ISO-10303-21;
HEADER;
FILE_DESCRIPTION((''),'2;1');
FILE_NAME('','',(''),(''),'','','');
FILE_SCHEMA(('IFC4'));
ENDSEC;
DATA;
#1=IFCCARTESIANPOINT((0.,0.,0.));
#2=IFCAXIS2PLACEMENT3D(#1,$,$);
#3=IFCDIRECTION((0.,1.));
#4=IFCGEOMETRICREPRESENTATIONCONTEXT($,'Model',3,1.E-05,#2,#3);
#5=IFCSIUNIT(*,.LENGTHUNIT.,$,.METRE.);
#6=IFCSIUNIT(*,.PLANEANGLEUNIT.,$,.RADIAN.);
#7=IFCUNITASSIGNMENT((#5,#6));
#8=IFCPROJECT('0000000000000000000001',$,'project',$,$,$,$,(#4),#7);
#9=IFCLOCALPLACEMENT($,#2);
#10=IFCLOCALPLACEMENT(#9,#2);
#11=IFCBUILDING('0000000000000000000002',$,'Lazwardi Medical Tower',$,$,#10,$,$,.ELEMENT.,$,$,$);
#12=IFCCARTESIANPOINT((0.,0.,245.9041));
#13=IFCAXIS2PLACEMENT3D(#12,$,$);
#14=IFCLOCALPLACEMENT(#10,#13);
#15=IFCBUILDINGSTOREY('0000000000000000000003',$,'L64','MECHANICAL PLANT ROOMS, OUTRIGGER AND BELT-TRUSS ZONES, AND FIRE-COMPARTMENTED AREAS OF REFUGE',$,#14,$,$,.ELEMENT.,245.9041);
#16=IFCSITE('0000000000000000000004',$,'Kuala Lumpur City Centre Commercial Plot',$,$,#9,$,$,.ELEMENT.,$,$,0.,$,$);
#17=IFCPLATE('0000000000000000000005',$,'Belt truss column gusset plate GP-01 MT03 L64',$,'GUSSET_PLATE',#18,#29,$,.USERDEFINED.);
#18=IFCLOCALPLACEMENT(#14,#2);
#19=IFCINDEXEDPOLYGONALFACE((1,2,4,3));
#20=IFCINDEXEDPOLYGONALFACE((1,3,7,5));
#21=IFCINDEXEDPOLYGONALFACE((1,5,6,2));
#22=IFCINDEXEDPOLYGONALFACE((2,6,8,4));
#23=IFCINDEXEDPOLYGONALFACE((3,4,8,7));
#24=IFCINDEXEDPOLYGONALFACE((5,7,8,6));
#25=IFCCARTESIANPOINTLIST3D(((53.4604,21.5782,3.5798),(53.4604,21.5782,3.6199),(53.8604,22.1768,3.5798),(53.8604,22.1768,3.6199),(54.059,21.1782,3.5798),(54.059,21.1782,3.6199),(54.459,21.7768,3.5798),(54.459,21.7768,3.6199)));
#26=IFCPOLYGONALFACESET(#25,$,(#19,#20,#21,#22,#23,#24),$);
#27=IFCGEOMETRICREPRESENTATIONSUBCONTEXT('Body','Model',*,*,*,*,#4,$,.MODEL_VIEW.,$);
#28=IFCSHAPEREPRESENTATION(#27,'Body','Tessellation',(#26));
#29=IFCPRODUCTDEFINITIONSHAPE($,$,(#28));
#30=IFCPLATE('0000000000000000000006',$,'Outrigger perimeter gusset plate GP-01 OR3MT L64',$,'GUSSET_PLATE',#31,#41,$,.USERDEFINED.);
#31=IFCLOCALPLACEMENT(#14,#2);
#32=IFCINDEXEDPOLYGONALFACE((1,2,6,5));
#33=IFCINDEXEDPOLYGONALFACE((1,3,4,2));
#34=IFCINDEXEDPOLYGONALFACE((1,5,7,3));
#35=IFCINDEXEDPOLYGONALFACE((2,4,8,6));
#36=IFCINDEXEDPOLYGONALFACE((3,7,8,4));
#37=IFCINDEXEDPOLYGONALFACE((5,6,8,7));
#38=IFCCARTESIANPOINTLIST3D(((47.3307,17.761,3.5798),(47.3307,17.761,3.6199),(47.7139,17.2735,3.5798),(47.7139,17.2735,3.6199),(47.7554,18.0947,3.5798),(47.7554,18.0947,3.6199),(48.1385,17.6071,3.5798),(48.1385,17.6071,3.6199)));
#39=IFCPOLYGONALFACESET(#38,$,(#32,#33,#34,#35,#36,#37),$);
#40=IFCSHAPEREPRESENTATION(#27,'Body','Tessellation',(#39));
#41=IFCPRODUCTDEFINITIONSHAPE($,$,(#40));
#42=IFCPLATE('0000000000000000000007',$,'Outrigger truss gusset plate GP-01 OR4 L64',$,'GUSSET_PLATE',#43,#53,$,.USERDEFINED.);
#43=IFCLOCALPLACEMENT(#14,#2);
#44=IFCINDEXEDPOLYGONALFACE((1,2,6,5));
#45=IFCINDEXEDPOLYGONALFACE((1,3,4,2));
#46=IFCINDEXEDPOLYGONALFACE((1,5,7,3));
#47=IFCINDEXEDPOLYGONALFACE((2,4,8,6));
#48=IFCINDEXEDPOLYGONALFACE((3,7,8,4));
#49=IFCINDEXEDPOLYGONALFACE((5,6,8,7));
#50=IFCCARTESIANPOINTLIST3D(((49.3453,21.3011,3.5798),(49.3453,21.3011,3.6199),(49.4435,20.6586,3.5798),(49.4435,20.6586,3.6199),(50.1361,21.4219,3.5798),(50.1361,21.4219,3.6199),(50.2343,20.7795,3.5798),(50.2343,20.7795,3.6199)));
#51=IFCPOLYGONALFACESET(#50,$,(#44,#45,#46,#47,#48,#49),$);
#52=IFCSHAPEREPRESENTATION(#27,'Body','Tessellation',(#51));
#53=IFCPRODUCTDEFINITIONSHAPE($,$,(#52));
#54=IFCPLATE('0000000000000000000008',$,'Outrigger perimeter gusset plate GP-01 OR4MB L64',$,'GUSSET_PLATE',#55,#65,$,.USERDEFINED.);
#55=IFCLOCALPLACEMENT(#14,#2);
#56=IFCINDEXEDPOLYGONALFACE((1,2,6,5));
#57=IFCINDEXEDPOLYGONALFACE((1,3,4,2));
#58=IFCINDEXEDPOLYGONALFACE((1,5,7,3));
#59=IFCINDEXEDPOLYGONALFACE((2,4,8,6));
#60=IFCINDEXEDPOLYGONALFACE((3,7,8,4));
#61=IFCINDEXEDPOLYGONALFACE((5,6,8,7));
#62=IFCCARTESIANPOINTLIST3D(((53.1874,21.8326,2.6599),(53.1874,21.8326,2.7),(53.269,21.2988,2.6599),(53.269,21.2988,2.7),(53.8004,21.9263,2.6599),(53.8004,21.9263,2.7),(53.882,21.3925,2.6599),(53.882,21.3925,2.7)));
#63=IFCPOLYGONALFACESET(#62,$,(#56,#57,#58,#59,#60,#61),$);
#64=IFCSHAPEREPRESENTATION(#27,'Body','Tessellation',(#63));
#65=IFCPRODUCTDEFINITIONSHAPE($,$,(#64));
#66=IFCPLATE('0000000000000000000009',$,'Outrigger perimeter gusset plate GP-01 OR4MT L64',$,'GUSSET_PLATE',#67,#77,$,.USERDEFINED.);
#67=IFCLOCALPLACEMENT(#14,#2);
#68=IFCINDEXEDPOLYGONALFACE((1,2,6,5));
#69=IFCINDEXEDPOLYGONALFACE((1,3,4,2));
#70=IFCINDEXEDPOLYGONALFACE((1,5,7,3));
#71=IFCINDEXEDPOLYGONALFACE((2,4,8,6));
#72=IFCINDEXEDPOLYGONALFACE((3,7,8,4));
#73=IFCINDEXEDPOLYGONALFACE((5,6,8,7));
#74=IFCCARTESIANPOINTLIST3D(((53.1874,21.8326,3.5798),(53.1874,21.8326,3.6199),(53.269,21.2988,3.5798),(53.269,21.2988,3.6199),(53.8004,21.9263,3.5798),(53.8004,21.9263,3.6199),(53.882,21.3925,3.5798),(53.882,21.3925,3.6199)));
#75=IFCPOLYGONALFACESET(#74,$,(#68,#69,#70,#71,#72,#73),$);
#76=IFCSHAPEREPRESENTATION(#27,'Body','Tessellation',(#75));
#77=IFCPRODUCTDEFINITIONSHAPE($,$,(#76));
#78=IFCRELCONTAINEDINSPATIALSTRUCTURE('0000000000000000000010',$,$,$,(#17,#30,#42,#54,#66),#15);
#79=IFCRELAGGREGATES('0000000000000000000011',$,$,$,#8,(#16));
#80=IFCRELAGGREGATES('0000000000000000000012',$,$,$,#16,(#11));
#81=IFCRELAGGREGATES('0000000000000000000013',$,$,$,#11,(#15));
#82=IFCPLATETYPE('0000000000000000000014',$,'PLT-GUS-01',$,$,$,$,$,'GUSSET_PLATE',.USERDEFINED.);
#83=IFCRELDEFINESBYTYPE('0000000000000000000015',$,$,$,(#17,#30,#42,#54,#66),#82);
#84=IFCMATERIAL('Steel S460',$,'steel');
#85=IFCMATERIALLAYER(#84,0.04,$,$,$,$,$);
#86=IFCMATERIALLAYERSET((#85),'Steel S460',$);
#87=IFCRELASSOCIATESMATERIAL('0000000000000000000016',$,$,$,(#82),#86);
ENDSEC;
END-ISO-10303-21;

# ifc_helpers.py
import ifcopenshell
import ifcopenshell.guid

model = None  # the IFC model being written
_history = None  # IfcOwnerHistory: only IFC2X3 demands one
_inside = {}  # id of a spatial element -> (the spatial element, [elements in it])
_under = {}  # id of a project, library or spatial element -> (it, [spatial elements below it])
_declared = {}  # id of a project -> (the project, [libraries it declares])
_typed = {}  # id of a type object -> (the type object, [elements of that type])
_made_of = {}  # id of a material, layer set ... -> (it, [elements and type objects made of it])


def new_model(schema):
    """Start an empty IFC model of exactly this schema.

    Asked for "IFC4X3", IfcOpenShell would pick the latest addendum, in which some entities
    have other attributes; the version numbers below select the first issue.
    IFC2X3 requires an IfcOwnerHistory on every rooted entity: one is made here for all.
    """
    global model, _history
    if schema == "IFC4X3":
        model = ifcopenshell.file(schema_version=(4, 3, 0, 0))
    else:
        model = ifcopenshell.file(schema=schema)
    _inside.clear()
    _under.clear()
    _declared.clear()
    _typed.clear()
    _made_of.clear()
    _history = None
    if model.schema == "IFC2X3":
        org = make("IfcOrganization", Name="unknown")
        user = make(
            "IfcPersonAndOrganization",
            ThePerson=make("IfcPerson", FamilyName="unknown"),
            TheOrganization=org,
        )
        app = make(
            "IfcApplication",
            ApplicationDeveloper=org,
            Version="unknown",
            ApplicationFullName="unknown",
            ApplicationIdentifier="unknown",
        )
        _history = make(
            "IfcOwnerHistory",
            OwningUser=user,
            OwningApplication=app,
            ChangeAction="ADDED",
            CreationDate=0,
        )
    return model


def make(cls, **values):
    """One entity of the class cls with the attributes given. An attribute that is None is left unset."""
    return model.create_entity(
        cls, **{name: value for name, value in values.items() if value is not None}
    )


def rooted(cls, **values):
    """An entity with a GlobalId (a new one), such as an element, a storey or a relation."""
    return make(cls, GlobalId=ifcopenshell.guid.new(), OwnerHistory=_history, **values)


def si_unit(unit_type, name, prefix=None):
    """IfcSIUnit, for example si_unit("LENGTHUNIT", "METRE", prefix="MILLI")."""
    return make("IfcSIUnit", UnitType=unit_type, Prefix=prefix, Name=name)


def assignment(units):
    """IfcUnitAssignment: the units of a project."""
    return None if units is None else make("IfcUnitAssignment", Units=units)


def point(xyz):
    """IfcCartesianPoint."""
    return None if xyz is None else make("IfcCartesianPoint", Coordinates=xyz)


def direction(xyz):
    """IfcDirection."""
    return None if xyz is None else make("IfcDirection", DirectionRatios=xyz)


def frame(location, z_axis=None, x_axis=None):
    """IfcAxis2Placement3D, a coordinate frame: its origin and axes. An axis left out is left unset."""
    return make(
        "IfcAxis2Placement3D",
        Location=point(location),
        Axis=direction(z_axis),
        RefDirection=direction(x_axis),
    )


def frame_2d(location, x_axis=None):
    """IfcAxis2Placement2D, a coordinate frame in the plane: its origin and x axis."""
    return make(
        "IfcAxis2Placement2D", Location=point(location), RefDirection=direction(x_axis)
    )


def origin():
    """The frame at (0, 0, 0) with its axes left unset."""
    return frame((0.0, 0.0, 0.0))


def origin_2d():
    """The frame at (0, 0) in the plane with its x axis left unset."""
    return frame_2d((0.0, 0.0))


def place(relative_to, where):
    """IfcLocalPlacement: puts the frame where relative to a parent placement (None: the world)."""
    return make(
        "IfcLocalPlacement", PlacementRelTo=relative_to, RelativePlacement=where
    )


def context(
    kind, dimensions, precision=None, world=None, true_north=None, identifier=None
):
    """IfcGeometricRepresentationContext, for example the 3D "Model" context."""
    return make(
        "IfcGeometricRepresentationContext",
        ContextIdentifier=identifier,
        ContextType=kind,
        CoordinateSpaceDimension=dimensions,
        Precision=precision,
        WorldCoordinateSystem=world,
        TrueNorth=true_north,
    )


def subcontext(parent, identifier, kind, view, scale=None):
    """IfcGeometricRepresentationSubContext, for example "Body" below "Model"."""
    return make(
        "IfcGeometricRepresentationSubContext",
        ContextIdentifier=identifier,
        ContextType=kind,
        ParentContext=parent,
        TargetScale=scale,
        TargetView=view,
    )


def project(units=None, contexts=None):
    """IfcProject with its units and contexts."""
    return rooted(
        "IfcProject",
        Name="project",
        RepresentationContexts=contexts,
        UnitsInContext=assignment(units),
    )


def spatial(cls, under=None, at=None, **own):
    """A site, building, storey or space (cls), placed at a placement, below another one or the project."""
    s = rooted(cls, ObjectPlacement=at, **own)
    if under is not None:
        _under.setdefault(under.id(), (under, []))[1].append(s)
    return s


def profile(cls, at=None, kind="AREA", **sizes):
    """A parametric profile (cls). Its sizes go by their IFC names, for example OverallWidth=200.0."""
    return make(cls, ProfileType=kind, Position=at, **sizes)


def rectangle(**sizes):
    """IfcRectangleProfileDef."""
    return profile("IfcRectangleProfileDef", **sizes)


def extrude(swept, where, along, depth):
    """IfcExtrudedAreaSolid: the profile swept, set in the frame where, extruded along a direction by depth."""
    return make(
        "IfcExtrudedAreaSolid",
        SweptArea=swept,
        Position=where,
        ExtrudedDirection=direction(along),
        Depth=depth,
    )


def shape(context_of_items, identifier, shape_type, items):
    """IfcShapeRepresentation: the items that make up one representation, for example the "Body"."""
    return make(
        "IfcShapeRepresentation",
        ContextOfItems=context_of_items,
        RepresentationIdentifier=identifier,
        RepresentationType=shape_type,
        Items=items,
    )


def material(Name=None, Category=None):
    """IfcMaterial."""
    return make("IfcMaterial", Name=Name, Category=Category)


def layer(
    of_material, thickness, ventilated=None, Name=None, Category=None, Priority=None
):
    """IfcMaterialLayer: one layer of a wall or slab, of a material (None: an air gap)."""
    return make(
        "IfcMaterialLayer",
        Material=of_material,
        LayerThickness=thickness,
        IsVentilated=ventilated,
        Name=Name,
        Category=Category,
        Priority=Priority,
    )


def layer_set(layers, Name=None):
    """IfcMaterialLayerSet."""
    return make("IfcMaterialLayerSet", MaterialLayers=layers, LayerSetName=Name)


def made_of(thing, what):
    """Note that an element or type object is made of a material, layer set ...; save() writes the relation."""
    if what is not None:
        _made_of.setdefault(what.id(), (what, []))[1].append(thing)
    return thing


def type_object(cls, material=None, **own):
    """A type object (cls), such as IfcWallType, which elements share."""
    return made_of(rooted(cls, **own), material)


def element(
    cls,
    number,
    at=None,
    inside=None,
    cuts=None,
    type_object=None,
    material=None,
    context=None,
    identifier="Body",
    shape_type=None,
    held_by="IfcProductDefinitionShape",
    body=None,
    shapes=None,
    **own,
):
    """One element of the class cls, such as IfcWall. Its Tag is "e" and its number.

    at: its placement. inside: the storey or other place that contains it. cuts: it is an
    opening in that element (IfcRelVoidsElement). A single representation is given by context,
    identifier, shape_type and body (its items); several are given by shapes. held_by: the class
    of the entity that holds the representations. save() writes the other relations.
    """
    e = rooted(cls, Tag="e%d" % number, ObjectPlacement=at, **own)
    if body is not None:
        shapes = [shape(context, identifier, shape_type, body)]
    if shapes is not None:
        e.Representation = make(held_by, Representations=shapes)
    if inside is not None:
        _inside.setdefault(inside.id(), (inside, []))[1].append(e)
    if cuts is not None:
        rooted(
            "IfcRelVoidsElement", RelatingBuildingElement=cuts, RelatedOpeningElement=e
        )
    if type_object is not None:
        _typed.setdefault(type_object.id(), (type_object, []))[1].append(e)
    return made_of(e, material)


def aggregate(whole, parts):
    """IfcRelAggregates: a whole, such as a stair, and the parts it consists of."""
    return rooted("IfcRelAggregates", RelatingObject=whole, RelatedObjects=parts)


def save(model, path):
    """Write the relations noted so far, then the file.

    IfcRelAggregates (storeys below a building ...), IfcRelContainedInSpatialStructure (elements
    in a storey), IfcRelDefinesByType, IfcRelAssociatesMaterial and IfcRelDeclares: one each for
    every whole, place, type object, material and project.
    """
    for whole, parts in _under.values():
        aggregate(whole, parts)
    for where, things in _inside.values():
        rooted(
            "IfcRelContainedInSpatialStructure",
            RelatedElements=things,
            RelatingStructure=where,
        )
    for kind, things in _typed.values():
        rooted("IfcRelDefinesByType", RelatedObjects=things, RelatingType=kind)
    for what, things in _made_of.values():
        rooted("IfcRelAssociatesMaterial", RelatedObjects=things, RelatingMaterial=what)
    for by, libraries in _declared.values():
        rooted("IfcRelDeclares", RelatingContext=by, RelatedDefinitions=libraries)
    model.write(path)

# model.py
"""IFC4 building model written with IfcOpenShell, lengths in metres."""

from ifc_helpers import new_model, si_unit, direction, frame, origin, origin_2d, place, context, subcontext, project, spatial, rectangle, extrude, material, layer, layer_set, type_object, element, save


model = new_model("IFC4")

# Units and contexts
model_context = context("Model", 3, precision=1e-05, world=origin(), true_north=direction((0.0, 1.0)))
body_context = subcontext(model_context, "Body", "Model", "MODEL_VIEW")
ifc_project = project(units=[si_unit("LENGTHUNIT", "METRE"), si_unit("PLANEANGLEUNIT", "RADIAN")], contexts=[model_context])

# Site, building, storey
site_placement = place(None, origin())
site = spatial("IfcSite", under=ifc_project, at=site_placement, Name="Kuala Lumpur City Centre Commercial Plot", CompositionType="ELEMENT", RefElevation=0.0)
building_placement = place(site_placement, origin())
building = spatial("IfcBuilding", under=site, at=building_placement, Name="Lazwardi Medical Tower", CompositionType="ELEMENT")
storey_placement = place(building_placement, frame((0.0, 0.0, 245.9041)))
storey = spatial("IfcBuildingStorey", under=building, at=storey_placement, Name="L64", Description="MECHANICAL PLANT ROOMS, OUTRIGGER AND BELT-TRUSS ZONES, AND FIRE-COMPARTMENTED AREAS OF REFUGE", CompositionType="ELEMENT", Elevation=245.9041)

# Shared definitions
ifc_material_1 = material(Name="Steel S460", Category="steel")

# Plates
ifc_layer = layer(ifc_material_1, 0.04)
ifc_layer_set = layer_set([ifc_layer], Name="Steel S460")
plate_type = type_object("IfcPlateType", Name="PLT-GUS-01", ElementType="GUSSET_PLATE", PredefinedType="USERDEFINED", material=ifc_layer_set)
for number, where, z_axis, x_axis, name in (
    (1, (53.9597, 21.6775, 3.5798), (0.0, 0.0, 1.0), (0.83147, -0.55557, 0.0), "Belt truss column gusset plate GP-01 MT03 L64"),
):
    element("IfcPlate", number, at=place(storey_placement, frame(where, z_axis=z_axis, x_axis=x_axis)), inside=storey, type_object=plate_type, Name=name, ObjectType="GUSSET_PLATE", PredefinedType="USERDEFINED", context=body_context, shape_type="SweptSolid", body=[
        extrude(rectangle(XDim=0.72, YDim=0.72, at=origin_2d()), origin(), (0.0, 0.0, 1.0), 0.04),
    ])
plate_1_placement = place(storey_placement, frame((47.7346, 17.6841, 3.5798), z_axis=(0.0, 0.0, 1.0), x_axis=(0.61786, -0.786288, 0.0)))
element("IfcPlate", 2, at=plate_1_placement, inside=storey, type_object=plate_type, Name="Outrigger perimeter gusset plate GP-01 OR3MT L64", ObjectType="GUSSET_PLATE", PredefinedType="USERDEFINED", context=body_context, shape_type="SweptSolid", body=[
    extrude(rectangle(XDim=0.6201, YDim=0.54, at=origin_2d()), origin(), (0.0, 0.0, 1.0), 0.04),
])
plate_2_placement = place(storey_placement, frame((49.7898, 21.0403, 3.5798), z_axis=(0.0, 0.0, 1.0), x_axis=(0.98852, 0.151088, 0.0)))
element("IfcPlate", 3, at=plate_2_placement, inside=storey, type_object=plate_type, Name="Outrigger truss gusset plate GP-01 OR4 L64", ObjectType="GUSSET_PLATE", PredefinedType="USERDEFINED", context=body_context, shape_type="SweptSolid", body=[
    extrude(rectangle(XDim=0.8, YDim=0.6499, at=origin_2d()), origin(), (0.0, 0.0, 1.0), 0.04),
])
for number, where, z_axis, x_axis, name in (
    (4, (53.5347, 21.6125, 2.6599), (0.0, 0.0, 1.0), (0.98852, 0.151088, 0.0), "Outrigger perimeter gusset plate GP-01 OR4MB L64"),
    (5, (53.5347, 21.6125, 3.5798), (0.0, 0.0, 1.0), (0.98852, 0.151088, 0.0), "Outrigger perimeter gusset plate GP-01 OR4MT L64"),
):
    element("IfcPlate", number, at=place(storey_placement, frame(where, z_axis=z_axis, x_axis=x_axis)), inside=storey, type_object=plate_type, Name=name, ObjectType="GUSSET_PLATE", PredefinedType="USERDEFINED", context=body_context, shape_type="SweptSolid", body=[
        extrude(rectangle(XDim=0.6201, YDim=0.54, at=origin_2d()), origin(), (0.0, 0.0, 1.0), 0.04),
    ])

save(model, "model.ifc")
